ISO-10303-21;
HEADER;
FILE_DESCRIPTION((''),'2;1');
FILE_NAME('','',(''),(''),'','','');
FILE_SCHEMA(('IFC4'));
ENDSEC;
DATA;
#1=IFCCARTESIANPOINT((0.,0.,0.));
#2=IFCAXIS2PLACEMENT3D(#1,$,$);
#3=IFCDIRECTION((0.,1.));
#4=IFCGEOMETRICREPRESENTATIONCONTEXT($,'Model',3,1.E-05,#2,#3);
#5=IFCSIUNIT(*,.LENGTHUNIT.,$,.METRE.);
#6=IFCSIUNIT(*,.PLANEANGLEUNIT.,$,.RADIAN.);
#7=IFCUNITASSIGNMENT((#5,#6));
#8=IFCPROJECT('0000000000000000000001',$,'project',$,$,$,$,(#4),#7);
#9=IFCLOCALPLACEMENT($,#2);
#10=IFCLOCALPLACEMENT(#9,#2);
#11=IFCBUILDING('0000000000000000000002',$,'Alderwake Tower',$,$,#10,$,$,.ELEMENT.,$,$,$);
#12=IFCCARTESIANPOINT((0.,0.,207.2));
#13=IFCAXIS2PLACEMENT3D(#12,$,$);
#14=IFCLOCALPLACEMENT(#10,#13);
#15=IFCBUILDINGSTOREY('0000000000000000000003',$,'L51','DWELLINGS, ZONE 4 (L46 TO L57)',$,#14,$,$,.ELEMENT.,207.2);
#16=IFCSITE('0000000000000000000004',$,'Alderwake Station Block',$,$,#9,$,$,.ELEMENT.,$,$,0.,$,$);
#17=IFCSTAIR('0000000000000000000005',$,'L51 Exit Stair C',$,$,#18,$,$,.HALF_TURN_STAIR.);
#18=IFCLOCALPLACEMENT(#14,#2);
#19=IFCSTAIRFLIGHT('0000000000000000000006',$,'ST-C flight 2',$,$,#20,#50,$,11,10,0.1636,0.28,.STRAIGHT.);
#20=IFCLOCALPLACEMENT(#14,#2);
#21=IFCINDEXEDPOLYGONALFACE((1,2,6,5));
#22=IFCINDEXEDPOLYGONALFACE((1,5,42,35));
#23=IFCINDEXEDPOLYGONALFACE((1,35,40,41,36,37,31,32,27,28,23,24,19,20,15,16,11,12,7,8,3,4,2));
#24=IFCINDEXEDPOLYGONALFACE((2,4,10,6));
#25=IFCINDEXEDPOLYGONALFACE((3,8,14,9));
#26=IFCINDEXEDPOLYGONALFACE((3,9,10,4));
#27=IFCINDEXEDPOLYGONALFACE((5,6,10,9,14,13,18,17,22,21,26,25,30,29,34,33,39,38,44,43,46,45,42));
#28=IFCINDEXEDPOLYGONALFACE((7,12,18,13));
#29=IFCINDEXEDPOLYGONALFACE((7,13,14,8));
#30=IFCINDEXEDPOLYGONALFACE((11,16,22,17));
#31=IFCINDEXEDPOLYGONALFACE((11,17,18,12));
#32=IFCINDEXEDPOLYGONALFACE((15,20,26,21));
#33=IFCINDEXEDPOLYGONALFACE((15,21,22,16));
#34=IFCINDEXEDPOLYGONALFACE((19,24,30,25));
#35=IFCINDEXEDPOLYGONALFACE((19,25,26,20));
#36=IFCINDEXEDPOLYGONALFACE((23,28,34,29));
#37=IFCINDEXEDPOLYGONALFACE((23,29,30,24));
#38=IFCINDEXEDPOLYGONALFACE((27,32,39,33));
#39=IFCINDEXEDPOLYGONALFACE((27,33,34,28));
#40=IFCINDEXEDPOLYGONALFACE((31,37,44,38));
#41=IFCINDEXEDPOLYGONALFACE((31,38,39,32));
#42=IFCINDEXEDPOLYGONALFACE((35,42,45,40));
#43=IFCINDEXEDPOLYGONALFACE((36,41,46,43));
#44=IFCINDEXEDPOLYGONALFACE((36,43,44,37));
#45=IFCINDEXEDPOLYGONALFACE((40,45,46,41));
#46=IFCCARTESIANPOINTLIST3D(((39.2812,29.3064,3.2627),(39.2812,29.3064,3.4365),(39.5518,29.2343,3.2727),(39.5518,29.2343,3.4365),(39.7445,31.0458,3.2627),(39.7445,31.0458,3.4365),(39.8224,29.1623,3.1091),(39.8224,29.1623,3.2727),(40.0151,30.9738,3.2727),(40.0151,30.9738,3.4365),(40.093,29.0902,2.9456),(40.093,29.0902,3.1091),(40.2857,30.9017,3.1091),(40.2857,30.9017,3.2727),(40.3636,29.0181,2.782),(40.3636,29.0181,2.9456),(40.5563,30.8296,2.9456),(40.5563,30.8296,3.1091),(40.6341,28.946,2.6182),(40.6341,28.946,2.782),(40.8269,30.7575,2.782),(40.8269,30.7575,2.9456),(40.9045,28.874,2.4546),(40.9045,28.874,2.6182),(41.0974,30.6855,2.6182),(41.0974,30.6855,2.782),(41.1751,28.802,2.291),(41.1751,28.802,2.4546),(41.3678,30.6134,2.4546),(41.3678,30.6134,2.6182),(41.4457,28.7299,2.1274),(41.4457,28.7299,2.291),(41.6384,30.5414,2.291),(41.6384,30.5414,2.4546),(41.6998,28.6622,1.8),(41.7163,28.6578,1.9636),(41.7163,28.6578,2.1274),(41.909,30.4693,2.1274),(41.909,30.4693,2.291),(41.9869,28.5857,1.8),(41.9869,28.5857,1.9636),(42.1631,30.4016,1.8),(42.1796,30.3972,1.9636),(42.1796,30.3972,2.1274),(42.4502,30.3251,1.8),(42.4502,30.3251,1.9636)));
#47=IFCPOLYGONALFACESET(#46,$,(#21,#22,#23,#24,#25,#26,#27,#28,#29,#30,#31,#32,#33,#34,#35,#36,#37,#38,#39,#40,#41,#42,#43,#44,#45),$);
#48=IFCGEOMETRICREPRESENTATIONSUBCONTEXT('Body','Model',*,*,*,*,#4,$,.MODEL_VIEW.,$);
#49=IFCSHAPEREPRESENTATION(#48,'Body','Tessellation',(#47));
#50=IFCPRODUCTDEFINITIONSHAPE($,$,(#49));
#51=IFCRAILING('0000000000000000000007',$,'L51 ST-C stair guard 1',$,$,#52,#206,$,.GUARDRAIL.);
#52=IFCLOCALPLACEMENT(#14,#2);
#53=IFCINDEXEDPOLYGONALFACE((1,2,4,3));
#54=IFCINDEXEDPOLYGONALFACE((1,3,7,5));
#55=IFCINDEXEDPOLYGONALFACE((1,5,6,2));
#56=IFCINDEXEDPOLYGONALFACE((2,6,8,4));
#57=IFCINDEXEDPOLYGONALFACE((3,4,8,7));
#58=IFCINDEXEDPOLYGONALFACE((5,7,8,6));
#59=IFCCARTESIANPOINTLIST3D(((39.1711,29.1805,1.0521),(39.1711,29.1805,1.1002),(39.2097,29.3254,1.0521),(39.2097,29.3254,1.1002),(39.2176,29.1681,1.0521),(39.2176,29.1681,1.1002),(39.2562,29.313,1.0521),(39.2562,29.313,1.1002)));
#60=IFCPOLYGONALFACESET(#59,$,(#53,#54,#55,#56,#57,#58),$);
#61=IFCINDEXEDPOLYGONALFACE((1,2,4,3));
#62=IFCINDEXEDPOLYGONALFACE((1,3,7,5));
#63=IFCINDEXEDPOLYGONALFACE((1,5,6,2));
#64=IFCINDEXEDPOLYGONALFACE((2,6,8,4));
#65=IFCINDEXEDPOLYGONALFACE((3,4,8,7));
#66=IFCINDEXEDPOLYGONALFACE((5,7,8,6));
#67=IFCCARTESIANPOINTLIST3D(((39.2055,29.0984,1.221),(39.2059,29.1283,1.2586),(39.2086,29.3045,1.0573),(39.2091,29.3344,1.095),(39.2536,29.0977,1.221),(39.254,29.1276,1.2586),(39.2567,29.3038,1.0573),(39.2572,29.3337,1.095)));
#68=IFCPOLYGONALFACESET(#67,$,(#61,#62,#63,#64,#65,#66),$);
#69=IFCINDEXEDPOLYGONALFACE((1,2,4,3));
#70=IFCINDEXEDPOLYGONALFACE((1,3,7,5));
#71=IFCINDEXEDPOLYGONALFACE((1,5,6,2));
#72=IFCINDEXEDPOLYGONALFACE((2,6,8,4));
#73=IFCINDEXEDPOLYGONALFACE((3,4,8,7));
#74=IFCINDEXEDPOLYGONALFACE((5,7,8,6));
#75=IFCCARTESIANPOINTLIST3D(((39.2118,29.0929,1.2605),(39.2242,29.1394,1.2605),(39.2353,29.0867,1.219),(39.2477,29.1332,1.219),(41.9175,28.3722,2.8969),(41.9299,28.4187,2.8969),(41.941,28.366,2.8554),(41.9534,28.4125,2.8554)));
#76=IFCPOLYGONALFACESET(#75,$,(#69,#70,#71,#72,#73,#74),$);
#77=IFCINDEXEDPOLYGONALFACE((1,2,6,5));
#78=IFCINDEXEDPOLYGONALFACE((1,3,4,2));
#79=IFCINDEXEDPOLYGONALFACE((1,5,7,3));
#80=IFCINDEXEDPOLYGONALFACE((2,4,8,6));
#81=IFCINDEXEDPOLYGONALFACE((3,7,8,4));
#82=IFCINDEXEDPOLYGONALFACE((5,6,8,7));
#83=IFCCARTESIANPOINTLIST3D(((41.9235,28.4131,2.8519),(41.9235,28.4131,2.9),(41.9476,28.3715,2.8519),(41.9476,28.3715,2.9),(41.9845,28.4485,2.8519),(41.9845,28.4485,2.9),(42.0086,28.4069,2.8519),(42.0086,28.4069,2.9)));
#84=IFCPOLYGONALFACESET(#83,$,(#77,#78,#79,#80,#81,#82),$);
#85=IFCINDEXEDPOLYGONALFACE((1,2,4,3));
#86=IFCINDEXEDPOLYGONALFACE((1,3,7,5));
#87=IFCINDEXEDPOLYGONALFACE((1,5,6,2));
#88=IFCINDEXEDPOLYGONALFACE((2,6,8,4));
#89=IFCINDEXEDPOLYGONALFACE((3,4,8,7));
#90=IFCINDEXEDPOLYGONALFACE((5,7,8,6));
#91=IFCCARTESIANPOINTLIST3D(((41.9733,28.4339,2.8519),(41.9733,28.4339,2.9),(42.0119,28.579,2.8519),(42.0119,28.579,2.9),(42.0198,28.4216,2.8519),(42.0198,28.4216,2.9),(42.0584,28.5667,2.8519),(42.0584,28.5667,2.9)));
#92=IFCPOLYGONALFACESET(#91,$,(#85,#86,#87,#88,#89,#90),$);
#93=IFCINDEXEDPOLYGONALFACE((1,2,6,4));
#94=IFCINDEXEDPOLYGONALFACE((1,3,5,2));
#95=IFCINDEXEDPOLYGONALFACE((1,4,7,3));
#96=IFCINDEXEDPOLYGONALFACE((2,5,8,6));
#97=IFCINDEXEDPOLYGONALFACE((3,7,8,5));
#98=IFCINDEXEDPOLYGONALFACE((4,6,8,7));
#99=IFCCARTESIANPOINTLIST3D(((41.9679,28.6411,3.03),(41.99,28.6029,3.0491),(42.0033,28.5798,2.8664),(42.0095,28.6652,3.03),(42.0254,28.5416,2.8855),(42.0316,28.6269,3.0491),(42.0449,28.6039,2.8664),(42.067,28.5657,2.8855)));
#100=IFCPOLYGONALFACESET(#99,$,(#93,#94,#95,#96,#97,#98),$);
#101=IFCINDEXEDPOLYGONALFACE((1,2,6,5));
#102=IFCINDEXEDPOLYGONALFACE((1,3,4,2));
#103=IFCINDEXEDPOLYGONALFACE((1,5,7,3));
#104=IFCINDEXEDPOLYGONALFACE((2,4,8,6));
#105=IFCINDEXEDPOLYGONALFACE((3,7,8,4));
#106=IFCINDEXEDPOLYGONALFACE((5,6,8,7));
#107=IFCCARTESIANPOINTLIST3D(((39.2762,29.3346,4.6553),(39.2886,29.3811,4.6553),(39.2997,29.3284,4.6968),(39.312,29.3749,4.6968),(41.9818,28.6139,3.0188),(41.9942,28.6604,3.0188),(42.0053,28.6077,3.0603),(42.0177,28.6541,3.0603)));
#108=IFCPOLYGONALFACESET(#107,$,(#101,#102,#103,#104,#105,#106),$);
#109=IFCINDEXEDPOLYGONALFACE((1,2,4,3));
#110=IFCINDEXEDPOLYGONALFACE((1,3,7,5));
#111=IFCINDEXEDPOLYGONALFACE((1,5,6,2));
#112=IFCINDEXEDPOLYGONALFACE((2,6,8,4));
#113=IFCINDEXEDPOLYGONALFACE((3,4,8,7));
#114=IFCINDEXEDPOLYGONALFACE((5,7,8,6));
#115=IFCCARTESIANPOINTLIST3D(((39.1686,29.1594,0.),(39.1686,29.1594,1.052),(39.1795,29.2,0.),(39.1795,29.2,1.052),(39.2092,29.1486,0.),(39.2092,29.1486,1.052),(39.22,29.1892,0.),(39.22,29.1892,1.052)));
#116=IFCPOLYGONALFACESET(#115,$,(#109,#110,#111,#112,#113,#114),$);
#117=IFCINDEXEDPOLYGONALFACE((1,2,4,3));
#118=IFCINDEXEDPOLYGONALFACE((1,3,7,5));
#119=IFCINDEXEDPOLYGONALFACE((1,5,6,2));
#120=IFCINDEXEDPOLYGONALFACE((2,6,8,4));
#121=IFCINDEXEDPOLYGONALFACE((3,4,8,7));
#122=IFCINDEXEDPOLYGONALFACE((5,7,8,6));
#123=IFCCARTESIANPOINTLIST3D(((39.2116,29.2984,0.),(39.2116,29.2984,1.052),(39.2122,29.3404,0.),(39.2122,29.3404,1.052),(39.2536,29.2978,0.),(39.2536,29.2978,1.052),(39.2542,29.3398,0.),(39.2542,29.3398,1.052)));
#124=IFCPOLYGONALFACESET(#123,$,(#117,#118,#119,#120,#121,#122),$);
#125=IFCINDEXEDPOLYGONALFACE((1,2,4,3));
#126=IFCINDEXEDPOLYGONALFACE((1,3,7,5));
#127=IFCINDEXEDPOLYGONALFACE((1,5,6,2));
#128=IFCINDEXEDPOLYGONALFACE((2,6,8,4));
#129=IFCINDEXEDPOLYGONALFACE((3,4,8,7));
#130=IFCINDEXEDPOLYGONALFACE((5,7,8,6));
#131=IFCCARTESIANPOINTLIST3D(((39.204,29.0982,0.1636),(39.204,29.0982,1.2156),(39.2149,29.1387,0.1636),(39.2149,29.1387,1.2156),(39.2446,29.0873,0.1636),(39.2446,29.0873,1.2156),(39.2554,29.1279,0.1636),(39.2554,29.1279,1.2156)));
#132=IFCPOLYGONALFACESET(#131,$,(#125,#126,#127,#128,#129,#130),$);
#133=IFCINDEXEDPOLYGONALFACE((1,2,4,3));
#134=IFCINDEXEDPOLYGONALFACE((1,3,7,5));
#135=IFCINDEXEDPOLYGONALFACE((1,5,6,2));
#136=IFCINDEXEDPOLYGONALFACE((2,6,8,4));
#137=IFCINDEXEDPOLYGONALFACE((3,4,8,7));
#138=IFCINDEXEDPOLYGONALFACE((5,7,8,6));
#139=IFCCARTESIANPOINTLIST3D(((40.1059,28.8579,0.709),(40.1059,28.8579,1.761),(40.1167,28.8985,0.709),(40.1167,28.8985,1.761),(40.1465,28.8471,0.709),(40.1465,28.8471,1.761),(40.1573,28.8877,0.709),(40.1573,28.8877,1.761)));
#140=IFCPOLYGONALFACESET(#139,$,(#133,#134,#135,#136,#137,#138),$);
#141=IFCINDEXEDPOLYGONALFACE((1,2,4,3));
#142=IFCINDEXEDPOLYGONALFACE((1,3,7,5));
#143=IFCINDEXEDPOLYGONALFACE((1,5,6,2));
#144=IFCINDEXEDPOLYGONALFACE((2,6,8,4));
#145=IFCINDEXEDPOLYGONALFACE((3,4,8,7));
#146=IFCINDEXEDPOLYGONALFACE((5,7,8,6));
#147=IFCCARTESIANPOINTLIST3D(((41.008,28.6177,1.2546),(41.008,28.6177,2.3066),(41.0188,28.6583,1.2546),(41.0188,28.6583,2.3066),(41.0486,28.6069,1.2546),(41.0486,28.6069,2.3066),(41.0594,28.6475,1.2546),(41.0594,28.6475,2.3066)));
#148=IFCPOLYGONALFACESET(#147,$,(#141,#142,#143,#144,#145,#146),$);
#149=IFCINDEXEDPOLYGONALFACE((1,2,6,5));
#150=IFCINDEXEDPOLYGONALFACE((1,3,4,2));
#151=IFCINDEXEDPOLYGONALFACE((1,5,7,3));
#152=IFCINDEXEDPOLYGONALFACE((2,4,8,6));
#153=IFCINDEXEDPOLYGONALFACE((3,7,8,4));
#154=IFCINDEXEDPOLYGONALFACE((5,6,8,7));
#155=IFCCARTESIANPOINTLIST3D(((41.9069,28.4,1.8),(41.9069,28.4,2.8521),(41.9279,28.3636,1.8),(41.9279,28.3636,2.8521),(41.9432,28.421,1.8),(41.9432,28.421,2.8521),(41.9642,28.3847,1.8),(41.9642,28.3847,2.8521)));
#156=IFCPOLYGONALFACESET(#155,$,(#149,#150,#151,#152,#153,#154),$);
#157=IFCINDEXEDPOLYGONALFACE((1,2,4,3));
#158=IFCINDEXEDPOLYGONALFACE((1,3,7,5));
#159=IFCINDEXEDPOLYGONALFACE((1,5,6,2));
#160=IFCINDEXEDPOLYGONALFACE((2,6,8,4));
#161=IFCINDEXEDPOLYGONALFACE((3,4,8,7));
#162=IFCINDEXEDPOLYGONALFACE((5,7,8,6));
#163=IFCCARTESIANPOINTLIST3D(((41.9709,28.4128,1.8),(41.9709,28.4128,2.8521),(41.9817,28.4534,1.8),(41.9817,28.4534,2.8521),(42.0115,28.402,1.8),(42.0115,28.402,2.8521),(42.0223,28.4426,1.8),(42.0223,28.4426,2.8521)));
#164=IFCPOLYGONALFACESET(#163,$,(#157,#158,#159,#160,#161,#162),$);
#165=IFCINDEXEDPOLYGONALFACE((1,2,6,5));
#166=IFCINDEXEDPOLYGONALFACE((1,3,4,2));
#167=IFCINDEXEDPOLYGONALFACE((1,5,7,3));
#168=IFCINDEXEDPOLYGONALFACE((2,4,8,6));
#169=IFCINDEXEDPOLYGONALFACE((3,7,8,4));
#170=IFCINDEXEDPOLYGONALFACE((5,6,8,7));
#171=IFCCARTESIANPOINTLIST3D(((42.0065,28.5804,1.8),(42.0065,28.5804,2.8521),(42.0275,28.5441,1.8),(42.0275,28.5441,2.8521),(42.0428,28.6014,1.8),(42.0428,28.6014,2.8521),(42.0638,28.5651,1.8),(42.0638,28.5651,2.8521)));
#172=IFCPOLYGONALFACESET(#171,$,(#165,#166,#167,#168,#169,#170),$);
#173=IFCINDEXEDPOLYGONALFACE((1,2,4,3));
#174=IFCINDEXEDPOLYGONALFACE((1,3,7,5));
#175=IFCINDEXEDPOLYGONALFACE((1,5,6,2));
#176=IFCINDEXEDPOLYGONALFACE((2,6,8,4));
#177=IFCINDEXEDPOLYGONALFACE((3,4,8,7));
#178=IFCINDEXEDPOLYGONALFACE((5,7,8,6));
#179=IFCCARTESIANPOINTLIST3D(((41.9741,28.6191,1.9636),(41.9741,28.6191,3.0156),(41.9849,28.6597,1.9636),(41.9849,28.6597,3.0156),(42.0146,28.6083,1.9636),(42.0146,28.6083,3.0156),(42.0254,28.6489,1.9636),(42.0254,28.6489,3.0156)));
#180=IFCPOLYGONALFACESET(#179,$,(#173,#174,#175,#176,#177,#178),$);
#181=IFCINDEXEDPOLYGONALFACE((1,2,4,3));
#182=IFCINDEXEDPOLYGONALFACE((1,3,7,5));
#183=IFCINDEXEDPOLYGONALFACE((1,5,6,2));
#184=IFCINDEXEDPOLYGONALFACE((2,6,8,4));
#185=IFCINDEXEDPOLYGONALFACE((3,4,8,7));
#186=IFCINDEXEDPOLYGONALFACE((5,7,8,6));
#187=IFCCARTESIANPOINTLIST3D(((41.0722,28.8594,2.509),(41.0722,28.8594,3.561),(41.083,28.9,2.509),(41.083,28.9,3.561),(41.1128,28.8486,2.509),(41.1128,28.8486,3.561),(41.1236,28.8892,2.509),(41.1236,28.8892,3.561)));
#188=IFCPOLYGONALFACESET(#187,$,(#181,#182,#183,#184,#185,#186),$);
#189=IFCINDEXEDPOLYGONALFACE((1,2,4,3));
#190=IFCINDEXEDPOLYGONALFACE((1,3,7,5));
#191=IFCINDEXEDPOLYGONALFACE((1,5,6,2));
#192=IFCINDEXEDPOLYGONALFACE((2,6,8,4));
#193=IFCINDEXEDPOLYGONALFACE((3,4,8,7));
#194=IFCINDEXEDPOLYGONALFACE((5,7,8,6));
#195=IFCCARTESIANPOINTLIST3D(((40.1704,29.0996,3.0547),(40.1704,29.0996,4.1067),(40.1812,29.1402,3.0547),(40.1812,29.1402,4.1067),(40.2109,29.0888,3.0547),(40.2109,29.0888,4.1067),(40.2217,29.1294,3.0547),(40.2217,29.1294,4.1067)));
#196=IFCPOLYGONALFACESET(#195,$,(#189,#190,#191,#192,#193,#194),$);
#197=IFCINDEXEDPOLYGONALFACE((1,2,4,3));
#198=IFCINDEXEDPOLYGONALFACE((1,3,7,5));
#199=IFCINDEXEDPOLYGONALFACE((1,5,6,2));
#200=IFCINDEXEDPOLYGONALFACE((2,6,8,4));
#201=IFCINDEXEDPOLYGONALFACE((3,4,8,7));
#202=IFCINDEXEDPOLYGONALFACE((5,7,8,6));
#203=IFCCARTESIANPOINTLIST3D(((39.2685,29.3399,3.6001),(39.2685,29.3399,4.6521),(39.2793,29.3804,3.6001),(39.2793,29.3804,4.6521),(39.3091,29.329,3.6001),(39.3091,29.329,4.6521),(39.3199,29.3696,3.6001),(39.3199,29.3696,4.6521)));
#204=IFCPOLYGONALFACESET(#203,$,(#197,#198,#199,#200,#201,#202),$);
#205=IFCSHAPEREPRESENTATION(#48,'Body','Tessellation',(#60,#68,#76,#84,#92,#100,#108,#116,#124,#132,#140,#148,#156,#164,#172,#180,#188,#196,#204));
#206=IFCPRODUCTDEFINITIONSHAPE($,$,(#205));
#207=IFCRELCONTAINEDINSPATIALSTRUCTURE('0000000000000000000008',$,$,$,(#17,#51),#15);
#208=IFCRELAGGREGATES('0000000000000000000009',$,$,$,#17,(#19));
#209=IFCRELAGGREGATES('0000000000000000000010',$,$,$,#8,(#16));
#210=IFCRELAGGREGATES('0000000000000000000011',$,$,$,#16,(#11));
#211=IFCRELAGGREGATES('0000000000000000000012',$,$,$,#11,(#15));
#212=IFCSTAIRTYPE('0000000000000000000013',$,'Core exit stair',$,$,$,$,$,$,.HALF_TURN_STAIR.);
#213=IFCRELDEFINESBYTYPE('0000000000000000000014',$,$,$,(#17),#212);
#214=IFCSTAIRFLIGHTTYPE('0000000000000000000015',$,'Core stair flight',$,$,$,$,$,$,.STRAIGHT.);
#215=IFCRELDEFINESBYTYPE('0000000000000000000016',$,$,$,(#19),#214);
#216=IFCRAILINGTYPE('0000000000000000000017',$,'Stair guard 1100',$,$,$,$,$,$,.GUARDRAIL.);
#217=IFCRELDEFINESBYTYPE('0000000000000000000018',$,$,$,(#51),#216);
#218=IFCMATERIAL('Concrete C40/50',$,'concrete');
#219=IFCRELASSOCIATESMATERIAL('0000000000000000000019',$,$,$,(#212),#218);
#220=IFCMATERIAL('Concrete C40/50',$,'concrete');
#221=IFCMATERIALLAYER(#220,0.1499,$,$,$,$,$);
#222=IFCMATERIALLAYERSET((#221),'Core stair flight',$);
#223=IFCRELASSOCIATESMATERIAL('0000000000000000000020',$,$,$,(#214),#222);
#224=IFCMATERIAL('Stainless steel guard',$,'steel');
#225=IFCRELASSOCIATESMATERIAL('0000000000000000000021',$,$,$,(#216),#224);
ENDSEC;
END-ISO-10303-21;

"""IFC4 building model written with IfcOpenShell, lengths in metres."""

from ifc_helpers import new_model, si_unit, direction, frame, origin, origin_2d, place, context, subcontext, project, spatial, polyline, rectangle, outline, extrude, material, layer, layer_set, type_object, element, aggregate, save


model = new_model("IFC4")

# Units and contexts
model_context = context("Model", 3, precision=1e-05, world=origin(), true_north=direction((0.0, 1.0)))
body_context = subcontext(model_context, "Body", "Model", "MODEL_VIEW")
ifc_project = project(units=[si_unit("LENGTHUNIT", "METRE"), si_unit("PLANEANGLEUNIT", "RADIAN")], contexts=[model_context])

# Site, building, storey
site_placement = place(None, origin())
site = spatial("IfcSite", under=ifc_project, at=site_placement, Name="Alderwake Station Block", CompositionType="ELEMENT", RefElevation=0.0)
building_placement = place(site_placement, origin())
building = spatial("IfcBuilding", under=site, at=building_placement, Name="Alderwake Tower", CompositionType="ELEMENT")
storey_placement = place(building_placement, frame((0.0, 0.0, 207.2)))
storey = spatial("IfcBuildingStorey", under=building, at=storey_placement, Name="L51", Description="DWELLINGS, ZONE 4 (L46 TO L57)", CompositionType="ELEMENT", Elevation=207.2)

# Stair, stair flight
ifc_material_1 = material(Name="Concrete C40/50", Category="concrete")
stair_type = type_object("IfcStairType", Name="Core exit stair", PredefinedType="HALF_TURN_STAIR", material=ifc_material_1)
stair_placement = place(storey_placement, origin())
stair = element("IfcStair", 1, at=stair_placement, inside=storey, type_object=stair_type, Name="L51 Exit Stair C", PredefinedType="HALF_TURN_STAIR")
ifc_material_2 = material(Name="Concrete C40/50", Category="concrete")
ifc_layer_1 = layer(ifc_material_2, 0.1499)
ifc_layer_set_1 = layer_set([ifc_layer_1], Name="Core stair flight")
stair_flight_type = type_object("IfcStairFlightType", Name="Core stair flight", PredefinedType="STRAIGHT", material=ifc_layer_set_1)
stair_flight_1_placement = place(storey_placement, frame((42.2185, 29.4553, 1.8), z_axis=(0.0, 0.0, 1.0), x_axis=(-0.96631, 0.257382, 0.0)))
stair_flight_1 = element("IfcStairFlight", 2, at=stair_flight_1_placement, type_object=stair_flight_type, Name="ST-C flight 2", NumberOfRisers=11, NumberOfTreads=10, PredefinedType="STRAIGHT", RiserHeight=0.1636, TreadLength=0.28, context=body_context, shape_type="SweptSolid", body=[
    extrude(outline(polyline([(0.0, 0.0), (0.0, 0.1636), (0.28, 0.1636), (0.28, 0.3274), (0.5601, 0.3274), (0.5601, 0.491), (0.8401, 0.491), (0.8401, 0.6545), (1.1201, 0.6545), (1.1201, 0.8181), (1.3999, 0.8181), (1.3999, 0.9819), (1.6799, 0.9819), (1.6799, 1.1455), (1.96, 1.1455), (1.96, 1.3091), (2.24, 1.3091), (2.24, 1.4727), (2.52, 1.4727), (2.52, 1.6365), (2.8, 1.6365), (2.8, 1.8), (2.8, 1.4626), (0.2971, 0.0), (0.0, 0.0)])), frame((0.0, 0.8999, 0.0), z_axis=(0.0, -1.0, 0.0), x_axis=(1.0, 0.0, 0.0)), (0.0, 0.0, 1.0), 1.8),
])
aggregate(stair, [stair_flight_1])

# Railing
ifc_material_3 = material(Name="Stainless steel guard", Category="steel")
railing_type_1 = type_object("IfcRailingType", Name="Stair guard 1100", PredefinedType="GUARDRAIL", material=ifc_material_3)
railing_1_placement = place(storey_placement, frame((39.1943, 29.1743, 0.0)))
element("IfcRailing", 3, at=railing_1_placement, inside=storey, type_object=railing_type_1, Name="L51 ST-C stair guard 1", PredefinedType="GUARDRAIL", context=body_context, shape_type="SweptSolid", body=[
    extrude(rectangle(XDim=0.0481, YDim=0.0481, at=origin_2d()), frame((0.0, 0.0, 1.0762), z_axis=(0.25746, 0.966289, 0.0), x_axis=(-0.966289, 0.25746, 0.0)), (0.0, 0.0, 1.0), 0.1499),
    extrude(rectangle(XDim=0.0481, YDim=0.0481, at=origin_2d()), frame((0.0386, 0.1448, 1.0762), z_axis=(-0.012063, -0.78316, 0.621703), x_axis=(0.999881, -0.015401, 0.0)), (0.0, 0.0, 1.0), 0.2632),
    extrude(rectangle(XDim=0.0481, YDim=0.0481, at=origin_2d()), frame((0.0354, -0.0613, 1.2397), z_axis=(0.834282, -0.222214, 0.504574), x_axis=(0.25738, 0.96631, 0.0)), (0.0, 0.0, 1.0), 3.2432),
    extrude(rectangle(XDim=0.0481, YDim=0.0481, at=origin_2d()), frame((2.7412, -0.782, 2.876), z_axis=(0.865031, 0.501718, 0.0), x_axis=(-0.501718, 0.865031, 0.0)), (0.0, 0.0, 1.0), 0.0706),
    extrude(rectangle(XDim=0.0481, YDim=0.0481, at=origin_2d()), frame((2.8022, -0.7466, 2.876), z_axis=(0.257055, 0.966397, 0.0), x_axis=(-0.966397, 0.257055, 0.0)), (0.0, 0.0, 1.0), 0.1501),
    extrude(rectangle(XDim=0.0481, YDim=0.0481, at=origin_2d()), frame((2.8408, -0.6016, 2.876), z_axis=(-0.198625, 0.343827, 0.917786), x_axis=(-0.865898, -0.50022, 0.0)), (0.0, 0.0, 1.0), 0.1782),
    extrude(rectangle(XDim=0.0481, YDim=0.0481, at=origin_2d()), frame((2.8054, -0.5403, 3.0396), z_axis=(-0.834259, 0.222228, 0.504605), x_axis=(-0.257402, -0.966304, 0.0)), (0.0, 0.0, 1.0), 3.2432),
    extrude(rectangle(XDim=0.042, YDim=0.042, at=origin_2d()), frame((0.0, 0.0, 0.0), z_axis=(0.0, 0.0, 1.0), x_axis=(0.25746, 0.966289, 0.0)), (0.0, 0.0, 1.0), 1.052),
    extrude(rectangle(XDim=0.042, YDim=0.042, at=origin_2d()), frame((0.0386, 0.1448, 0.0), z_axis=(0.0, 0.0, 1.0), x_axis=(-0.015401, -0.999881, 0.0)), (0.0, 0.0, 1.0), 1.052),
    extrude(rectangle(XDim=0.042, YDim=0.042, at=origin_2d()), frame((0.0354, -0.0613, 0.1636), z_axis=(0.0, 0.0, 1.0), x_axis=(0.96631, -0.25738, 0.0)), (0.0, 0.0, 1.0), 1.052),
    extrude(rectangle(XDim=0.042, YDim=0.042, at=origin_2d()), frame((0.9373, -0.3015, 0.709), z_axis=(0.0, 0.0, 1.0), x_axis=(0.96631, -0.25738, 0.0)), (0.0, 0.0, 1.0), 1.052),
    extrude(rectangle(XDim=0.042, YDim=0.042, at=origin_2d()), frame((1.8394, -0.5417, 1.2546), z_axis=(0.0, 0.0, 1.0), x_axis=(0.96631, -0.25738, 0.0)), (0.0, 0.0, 1.0), 1.052),
    extrude(rectangle(XDim=0.042, YDim=0.042, at=origin_2d()), frame((2.7412, -0.782, 1.8), z_axis=(0.0, 0.0, 1.0), x_axis=(0.865031, 0.501718, 0.0)), (0.0, 0.0, 1.0), 1.052),
    extrude(rectangle(XDim=0.042, YDim=0.042, at=origin_2d()), frame((2.8022, -0.7466, 1.8), z_axis=(0.0, 0.0, 1.0), x_axis=(0.257055, 0.966397, 0.0)), (0.0, 0.0, 1.0), 1.052),
    extrude(rectangle(XDim=0.042, YDim=0.042, at=origin_2d()), frame((2.8408, -0.6016, 1.8), z_axis=(0.0, 0.0, 1.0), x_axis=(-0.50022, 0.865898, 0.0)), (0.0, 0.0, 1.0), 1.052),
    extrude(rectangle(XDim=0.042, YDim=0.042, at=origin_2d()), frame((2.8054, -0.5403, 1.9636), z_axis=(0.0, 0.0, 1.0), x_axis=(-0.966304, 0.257402, 0.0)), (0.0, 0.0, 1.0), 1.052),
    extrude(rectangle(XDim=0.042, YDim=0.042, at=origin_2d()), frame((1.9036, -0.3, 2.509), z_axis=(0.0, 0.0, 1.0), x_axis=(-0.966304, 0.257402, 0.0)), (0.0, 0.0, 1.0), 1.052),
    extrude(rectangle(XDim=0.042, YDim=0.042, at=origin_2d()), frame((1.0017, -0.0598, 3.0547), z_axis=(0.0, 0.0, 1.0), x_axis=(-0.966304, 0.257402, 0.0)), (0.0, 0.0, 1.0), 1.052),
    extrude(rectangle(XDim=0.042, YDim=0.042, at=origin_2d()), frame((0.0999, 0.1804, 3.6001), z_axis=(0.0, 0.0, 1.0), x_axis=(-0.966304, 0.257402, 0.0)), (0.0, 0.0, 1.0), 1.052),
])

save(model, "model.ifc")
